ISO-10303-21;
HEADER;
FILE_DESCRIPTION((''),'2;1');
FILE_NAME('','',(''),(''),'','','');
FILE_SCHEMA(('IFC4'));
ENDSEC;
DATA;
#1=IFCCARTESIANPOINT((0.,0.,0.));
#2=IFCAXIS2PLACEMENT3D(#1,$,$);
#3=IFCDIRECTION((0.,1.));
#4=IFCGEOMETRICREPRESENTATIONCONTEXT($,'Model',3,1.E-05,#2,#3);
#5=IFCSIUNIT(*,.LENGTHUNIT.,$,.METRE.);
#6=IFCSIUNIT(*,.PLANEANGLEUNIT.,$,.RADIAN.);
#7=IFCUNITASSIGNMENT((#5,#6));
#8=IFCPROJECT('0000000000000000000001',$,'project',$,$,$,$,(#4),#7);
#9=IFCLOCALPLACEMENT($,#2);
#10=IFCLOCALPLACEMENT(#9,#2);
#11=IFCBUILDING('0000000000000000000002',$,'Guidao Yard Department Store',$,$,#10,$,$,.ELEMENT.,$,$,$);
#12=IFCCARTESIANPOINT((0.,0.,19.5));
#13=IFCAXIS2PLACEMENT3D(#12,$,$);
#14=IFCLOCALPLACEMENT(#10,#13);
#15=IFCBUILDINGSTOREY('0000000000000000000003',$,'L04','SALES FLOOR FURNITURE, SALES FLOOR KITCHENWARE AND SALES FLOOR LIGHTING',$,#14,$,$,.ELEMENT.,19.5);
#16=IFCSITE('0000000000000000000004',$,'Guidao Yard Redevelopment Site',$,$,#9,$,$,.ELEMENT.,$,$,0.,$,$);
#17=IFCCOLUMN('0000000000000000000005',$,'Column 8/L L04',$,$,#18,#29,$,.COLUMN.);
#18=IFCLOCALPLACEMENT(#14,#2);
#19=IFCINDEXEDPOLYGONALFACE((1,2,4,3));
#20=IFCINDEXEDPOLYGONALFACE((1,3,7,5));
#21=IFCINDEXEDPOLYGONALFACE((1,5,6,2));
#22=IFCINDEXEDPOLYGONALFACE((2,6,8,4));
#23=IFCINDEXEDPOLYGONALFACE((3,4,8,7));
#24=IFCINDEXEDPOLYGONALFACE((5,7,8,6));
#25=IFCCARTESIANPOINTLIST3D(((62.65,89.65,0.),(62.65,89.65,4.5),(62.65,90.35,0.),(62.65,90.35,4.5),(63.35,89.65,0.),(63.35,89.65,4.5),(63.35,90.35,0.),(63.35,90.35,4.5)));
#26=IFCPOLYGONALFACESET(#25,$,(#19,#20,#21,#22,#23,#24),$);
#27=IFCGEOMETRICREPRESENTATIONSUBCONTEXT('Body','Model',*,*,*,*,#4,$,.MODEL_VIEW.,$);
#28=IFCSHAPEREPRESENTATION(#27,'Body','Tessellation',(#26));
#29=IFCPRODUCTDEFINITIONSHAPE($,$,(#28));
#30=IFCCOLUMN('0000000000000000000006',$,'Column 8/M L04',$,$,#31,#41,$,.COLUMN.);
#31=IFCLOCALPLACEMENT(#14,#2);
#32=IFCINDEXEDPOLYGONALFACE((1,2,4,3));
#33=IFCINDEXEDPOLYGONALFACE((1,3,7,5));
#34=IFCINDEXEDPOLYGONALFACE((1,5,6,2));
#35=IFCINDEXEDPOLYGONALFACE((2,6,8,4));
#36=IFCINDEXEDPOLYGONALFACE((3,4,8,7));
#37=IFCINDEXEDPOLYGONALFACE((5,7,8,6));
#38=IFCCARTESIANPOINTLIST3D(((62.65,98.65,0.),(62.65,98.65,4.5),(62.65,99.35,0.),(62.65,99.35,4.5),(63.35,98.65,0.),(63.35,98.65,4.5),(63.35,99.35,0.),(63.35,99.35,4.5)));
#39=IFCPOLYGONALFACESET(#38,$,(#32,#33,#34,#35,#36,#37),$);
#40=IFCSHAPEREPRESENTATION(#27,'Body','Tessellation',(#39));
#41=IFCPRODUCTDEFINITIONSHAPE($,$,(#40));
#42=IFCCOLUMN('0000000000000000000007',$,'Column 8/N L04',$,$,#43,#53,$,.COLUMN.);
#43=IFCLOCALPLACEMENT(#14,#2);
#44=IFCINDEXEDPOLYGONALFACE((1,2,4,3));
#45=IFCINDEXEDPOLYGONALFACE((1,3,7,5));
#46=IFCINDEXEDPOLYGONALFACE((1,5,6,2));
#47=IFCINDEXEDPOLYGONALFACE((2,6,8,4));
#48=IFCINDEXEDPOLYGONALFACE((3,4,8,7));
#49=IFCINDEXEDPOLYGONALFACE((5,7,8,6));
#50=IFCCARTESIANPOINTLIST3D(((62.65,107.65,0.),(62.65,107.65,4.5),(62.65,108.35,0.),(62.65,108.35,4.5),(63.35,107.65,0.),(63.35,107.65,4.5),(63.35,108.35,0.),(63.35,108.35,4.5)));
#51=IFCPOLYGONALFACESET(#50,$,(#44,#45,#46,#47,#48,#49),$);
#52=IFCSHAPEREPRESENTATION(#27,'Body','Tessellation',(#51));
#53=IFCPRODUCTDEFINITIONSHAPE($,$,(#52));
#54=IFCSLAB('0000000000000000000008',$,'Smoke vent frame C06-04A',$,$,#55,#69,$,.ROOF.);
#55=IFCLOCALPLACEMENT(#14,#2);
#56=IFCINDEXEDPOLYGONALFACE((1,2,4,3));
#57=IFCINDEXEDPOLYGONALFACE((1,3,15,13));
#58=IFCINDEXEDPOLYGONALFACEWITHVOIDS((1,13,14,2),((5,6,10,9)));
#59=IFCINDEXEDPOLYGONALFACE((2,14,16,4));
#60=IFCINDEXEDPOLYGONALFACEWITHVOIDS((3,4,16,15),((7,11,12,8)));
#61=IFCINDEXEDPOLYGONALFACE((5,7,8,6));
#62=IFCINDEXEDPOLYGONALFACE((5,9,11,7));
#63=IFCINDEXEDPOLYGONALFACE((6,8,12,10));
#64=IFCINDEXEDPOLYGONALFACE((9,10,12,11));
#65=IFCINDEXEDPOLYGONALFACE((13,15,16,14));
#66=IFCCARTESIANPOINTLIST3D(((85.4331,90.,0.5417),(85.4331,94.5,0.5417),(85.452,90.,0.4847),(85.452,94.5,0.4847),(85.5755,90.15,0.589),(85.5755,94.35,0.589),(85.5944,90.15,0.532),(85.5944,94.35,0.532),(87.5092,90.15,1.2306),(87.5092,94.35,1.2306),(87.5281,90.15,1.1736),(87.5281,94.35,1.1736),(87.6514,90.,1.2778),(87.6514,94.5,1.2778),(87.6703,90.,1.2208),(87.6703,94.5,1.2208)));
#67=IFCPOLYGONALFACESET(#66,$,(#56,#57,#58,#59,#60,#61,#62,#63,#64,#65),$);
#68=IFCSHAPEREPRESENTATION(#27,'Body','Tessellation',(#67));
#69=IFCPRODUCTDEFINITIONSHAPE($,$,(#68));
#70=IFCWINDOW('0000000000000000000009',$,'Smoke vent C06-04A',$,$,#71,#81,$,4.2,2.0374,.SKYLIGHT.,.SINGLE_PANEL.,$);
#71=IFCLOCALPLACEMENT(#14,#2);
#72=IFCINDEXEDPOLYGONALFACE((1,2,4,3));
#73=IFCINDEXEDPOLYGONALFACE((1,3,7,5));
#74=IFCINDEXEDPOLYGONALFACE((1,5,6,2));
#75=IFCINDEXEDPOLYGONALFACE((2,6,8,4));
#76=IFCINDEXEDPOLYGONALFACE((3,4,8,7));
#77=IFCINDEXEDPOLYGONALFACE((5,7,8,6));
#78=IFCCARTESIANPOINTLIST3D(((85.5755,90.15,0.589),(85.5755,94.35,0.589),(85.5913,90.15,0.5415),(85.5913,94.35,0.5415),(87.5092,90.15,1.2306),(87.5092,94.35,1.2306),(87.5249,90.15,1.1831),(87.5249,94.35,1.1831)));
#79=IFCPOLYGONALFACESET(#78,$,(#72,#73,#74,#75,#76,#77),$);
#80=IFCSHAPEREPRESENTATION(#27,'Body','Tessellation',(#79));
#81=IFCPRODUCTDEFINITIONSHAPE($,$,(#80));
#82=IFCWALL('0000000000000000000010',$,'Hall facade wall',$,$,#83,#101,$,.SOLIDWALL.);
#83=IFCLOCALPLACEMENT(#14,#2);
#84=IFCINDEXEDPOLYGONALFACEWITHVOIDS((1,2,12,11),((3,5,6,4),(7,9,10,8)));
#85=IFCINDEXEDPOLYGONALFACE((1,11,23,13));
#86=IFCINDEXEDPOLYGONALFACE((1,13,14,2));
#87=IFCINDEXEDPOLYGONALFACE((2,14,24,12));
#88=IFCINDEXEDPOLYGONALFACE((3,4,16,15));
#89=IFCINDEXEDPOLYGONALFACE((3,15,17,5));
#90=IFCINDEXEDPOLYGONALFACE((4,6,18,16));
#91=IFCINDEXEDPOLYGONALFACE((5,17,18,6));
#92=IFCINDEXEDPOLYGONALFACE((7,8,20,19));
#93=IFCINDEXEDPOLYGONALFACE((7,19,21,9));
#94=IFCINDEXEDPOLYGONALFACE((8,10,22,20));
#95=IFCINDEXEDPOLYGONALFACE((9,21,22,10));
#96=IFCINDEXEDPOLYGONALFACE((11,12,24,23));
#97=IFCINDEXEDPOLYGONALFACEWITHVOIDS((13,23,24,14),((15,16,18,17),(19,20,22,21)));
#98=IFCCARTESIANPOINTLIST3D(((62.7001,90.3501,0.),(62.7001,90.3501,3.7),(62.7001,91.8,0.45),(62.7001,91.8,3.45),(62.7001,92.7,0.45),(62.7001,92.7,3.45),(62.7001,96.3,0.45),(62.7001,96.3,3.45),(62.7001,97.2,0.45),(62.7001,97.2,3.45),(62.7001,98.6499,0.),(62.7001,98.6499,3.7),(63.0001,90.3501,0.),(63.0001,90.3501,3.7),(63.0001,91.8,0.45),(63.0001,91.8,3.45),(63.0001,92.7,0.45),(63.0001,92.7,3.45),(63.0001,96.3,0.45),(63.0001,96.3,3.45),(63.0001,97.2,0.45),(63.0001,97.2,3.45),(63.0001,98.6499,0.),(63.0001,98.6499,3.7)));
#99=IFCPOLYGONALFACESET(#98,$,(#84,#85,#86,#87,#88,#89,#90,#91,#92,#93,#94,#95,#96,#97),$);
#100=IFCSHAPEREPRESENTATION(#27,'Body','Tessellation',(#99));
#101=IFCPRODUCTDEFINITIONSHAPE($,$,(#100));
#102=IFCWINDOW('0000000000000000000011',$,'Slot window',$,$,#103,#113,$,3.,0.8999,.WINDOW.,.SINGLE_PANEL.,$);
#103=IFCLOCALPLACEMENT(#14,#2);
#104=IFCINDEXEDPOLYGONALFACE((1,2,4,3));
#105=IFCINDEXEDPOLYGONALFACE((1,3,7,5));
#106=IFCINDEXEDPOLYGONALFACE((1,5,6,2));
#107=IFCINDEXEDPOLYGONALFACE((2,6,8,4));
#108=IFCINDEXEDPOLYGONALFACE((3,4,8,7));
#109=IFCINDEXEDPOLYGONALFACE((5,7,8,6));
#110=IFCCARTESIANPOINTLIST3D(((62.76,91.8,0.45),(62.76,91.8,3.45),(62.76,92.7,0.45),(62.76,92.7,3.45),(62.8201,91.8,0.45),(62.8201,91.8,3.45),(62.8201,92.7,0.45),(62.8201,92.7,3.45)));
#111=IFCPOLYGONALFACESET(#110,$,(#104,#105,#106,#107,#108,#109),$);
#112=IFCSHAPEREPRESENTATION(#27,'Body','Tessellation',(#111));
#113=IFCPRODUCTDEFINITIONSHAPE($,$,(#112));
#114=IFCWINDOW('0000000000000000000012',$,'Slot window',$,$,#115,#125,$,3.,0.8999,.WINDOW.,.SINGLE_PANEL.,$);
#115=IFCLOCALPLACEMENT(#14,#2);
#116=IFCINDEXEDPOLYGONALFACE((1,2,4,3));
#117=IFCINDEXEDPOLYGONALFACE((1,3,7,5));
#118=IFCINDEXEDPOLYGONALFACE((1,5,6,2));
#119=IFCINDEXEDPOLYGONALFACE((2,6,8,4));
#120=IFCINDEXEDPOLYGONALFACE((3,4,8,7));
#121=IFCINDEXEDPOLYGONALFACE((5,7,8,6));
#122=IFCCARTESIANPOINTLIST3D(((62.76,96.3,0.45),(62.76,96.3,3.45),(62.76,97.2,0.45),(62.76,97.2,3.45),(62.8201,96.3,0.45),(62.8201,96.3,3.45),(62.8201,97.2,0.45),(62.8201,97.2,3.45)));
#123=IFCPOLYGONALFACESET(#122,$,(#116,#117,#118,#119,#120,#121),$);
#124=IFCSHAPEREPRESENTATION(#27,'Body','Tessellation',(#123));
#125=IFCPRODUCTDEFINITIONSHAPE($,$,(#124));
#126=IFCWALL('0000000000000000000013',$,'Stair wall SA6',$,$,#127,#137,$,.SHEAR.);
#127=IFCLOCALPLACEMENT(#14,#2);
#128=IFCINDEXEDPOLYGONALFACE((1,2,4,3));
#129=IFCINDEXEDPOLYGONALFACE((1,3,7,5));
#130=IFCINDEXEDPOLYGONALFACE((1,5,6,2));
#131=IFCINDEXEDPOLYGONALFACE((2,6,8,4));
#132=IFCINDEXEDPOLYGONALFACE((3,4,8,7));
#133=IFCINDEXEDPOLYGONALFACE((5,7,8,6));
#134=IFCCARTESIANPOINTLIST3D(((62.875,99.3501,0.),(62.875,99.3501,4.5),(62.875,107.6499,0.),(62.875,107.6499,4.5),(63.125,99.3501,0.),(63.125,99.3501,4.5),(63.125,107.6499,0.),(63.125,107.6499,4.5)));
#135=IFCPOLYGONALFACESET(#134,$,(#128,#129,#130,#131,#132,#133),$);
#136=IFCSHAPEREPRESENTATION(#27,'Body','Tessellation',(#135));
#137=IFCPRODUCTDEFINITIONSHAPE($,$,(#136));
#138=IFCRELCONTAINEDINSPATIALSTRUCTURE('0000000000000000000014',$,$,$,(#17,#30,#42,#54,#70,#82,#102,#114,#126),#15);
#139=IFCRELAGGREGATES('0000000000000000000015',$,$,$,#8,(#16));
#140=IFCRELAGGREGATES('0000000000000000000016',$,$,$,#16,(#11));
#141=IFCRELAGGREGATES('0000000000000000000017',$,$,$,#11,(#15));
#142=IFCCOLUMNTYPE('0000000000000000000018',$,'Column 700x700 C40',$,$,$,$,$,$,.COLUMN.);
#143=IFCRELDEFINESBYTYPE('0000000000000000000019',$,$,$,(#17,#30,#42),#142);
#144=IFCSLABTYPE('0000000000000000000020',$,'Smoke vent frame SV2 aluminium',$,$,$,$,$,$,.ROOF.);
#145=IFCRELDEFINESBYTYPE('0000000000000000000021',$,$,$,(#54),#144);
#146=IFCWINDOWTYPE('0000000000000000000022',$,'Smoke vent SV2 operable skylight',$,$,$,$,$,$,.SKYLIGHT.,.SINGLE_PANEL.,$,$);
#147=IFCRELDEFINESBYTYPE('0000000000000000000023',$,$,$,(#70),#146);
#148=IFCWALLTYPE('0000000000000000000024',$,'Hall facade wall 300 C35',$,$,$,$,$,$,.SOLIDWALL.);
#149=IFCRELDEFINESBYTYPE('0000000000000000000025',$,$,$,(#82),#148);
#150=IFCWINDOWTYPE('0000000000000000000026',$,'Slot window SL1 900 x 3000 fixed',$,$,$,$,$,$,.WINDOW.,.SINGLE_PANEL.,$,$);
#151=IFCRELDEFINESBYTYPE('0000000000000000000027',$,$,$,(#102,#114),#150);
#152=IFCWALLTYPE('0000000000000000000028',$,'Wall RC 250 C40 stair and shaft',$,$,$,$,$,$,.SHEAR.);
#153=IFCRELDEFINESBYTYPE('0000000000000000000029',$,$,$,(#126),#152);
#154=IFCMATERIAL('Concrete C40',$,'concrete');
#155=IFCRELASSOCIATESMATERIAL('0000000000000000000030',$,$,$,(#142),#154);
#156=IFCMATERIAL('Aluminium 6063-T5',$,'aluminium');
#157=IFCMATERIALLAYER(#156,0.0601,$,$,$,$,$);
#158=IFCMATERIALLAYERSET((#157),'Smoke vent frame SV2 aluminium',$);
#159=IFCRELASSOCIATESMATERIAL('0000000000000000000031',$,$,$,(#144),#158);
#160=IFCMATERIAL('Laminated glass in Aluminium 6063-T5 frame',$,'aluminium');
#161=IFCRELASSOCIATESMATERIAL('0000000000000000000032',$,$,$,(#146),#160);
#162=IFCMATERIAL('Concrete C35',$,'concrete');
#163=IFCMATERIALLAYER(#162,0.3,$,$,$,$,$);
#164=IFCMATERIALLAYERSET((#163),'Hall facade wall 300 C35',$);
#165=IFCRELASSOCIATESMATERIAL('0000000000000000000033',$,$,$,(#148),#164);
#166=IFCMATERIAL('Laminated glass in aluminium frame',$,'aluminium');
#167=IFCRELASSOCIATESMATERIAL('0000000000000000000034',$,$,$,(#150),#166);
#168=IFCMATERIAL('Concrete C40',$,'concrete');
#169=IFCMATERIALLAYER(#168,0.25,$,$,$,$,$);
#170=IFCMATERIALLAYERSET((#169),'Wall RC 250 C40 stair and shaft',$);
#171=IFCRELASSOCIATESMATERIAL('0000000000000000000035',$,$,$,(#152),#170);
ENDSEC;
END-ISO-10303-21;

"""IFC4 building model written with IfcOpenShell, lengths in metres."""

from ifc_helpers import new_model, si_unit, direction, frame, frame_2d, origin, origin_2d, place, context, subcontext, project, spatial, polyline, rectangle, outline, extrude, material, layer, layer_set, material_profile, profile_set, type_object, element, fill, save


model = new_model("IFC4")

# Units and contexts
model_context = context("Model", 3, precision=1e-05, world=origin(), true_north=direction((0.0, 1.0)))
body_context = subcontext(model_context, "Body", "Model", "MODEL_VIEW")
ifc_project = project(units=[si_unit("LENGTHUNIT", "METRE"), si_unit("PLANEANGLEUNIT", "RADIAN")], contexts=[model_context])

# Site, building, storey
site_placement = place(None, origin())
site = spatial("IfcSite", under=ifc_project, at=site_placement, Name="Guidao Yard Redevelopment Site", CompositionType="ELEMENT", RefElevation=0.0)
building_placement = place(site_placement, origin())
building = spatial("IfcBuilding", under=site, at=building_placement, Name="Guidao Yard Department Store", CompositionType="ELEMENT")
storey_placement = place(building_placement, frame((0.0, 0.0, 19.5)))
storey = spatial("IfcBuildingStorey", under=building, at=storey_placement, Name="L04", Description="SALES FLOOR FURNITURE, SALES FLOOR KITCHENWARE AND SALES FLOOR LIGHTING", CompositionType="ELEMENT", Elevation=19.5)

# Columns
ifc_material_1 = material(Name="Concrete C40", Category="concrete")
ifc_material_profile = material_profile(ifc_material_1, rectangle(XDim=0.7, YDim=0.7, at=origin_2d()), Name="COL 700x700")
ifc_profile_set = profile_set([ifc_material_profile], Name="Concrete C40")
column_type = type_object("IfcColumnType", Name="Column 700x700 C40", PredefinedType="COLUMN", material=ifc_profile_set)
for number, where, z_axis, x_axis, name in (
    (1, (63.0, 90.0, 0.0), (0.0, 0.0, 1.0), (1.0, 0.0, 0.0), "Column 8/L L04"),
    (2, (63.0, 99.0, 0.0), (0.0, 0.0, 1.0), (1.0, 0.0, 0.0), "Column 8/M L04"),
    (3, (63.0, 108.0, 0.0), (0.0, 0.0, 1.0), (1.0, 0.0, 0.0), "Column 8/N L04"),
):
    element("IfcColumn", number, at=place(storey_placement, frame(where, z_axis=z_axis, x_axis=x_axis)), inside=storey, type_object=column_type, Name=name, PredefinedType="COLUMN", context=body_context, shape_type="SweptSolid", body=[
        extrude(rectangle(XDim=0.7, YDim=0.7, at=origin_2d()), origin(), (0.0, 0.0, 1.0), 4.5),
    ])

# Slab, opening, window
ifc_material_2 = material(Name="Aluminium 6063-T5", Category="aluminium")
ifc_layer_1 = layer(ifc_material_2, 0.0601)
ifc_layer_set_1 = layer_set([ifc_layer_1], Name="Smoke vent frame SV2 aluminium")
slab_type = type_object("IfcSlabType", Name="Smoke vent frame SV2 aluminium", PredefinedType="ROOF", material=ifc_layer_set_1)
slab_placement = place(storey_placement, frame((85.4331, 90.0, 0.5417), z_axis=(-0.314943, 0.0, 0.949111), x_axis=(0.949111, 0.0, 0.314943)))
slab = element("IfcSlab", 4, at=slab_placement, inside=storey, type_object=slab_type, Name="Smoke vent frame C06-04A", PredefinedType="ROOF", context=body_context, shape_type="SweptSolid", body=[
    extrude(outline(polyline([(0.0, 0.0), (2.3372, 0.0), (2.3372, 4.5), (0.0, 4.5), (0.0, 0.0)])), origin(), (0.0, 0.0, -1.0), 0.0601),
])
opening_1_placement = place(slab_placement, frame((1.1687, 2.25, 0.0)))
opening_1 = element("IfcOpeningElement", 5, at=opening_1_placement, cuts=slab, PredefinedType="OPENING", context=body_context, shape_type="SweptSolid", body=[
    extrude(rectangle(XDim=2.0374, YDim=4.2, at=origin_2d()), frame((0.0, 0.0, 0.01)), (0.0, 0.0, -1.0), 0.0801),
])
ifc_material_3 = material(Name="Laminated glass in Aluminium 6063-T5 frame", Category="aluminium")
window_type_1 = type_object("IfcWindowType", Name="Smoke vent SV2 operable skylight", PartitioningType="SINGLE_PANEL", PredefinedType="SKYLIGHT", material=ifc_material_3)
window_1_placement = place(opening_1_placement, frame((0.0, 0.0, -0.05)))
window_1 = element("IfcWindow", 6, at=window_1_placement, inside=storey, type_object=window_type_1, Name="Smoke vent C06-04A", OverallHeight=4.2, OverallWidth=2.0374, PartitioningType="SINGLE_PANEL", PredefinedType="SKYLIGHT", context=body_context, shape_type="SweptSolid", body=[
    extrude(rectangle(XDim=2.0374, YDim=4.2, at=origin_2d()), origin(), (0.0, 0.0, 1.0), 0.05),
])
fill(opening_1, window_1)

# Wall, openings, windows
ifc_material_4 = material(Name="Concrete C35", Category="concrete")
ifc_layer_2 = layer(ifc_material_4, 0.3)
ifc_layer_set_2 = layer_set([ifc_layer_2], Name="Hall facade wall 300 C35")
wall_type_1 = type_object("IfcWallType", Name="Hall facade wall 300 C35", PredefinedType="SOLIDWALL", material=ifc_layer_set_2)
wall_1_placement = place(storey_placement, frame((62.8501, 98.6499, 0.0), z_axis=(0.0, 0.0, 1.0), x_axis=(0.0, -1.0, 0.0)))
wall_1 = element("IfcWall", 7, at=wall_1_placement, inside=storey, type_object=wall_type_1, Name="Hall facade wall", PredefinedType="SOLIDWALL", context=body_context, shape_type="SweptSolid", body=[
    extrude(rectangle(XDim=8.2998, YDim=0.3, at=frame_2d((4.1499, 0.0))), origin(), (0.0, 0.0, 1.0), 3.7),
])
opening_2_placement = place(wall_1_placement, frame((5.95, 0.0, 0.45)))
opening_2 = element("IfcOpeningElement", 8, at=opening_2_placement, cuts=wall_1, PredefinedType="OPENING", context=body_context, shape_type="SweptSolid", body=[
    extrude(rectangle(XDim=0.8999, YDim=3.0, at=frame_2d((0.45, 1.5))), frame((0.0, 0.1599, 0.0), z_axis=(0.0, -1.0, 0.0), x_axis=(1.0, 0.0, 0.0)), (0.0, 0.0, 1.0), 0.3201),
])
opening_3_placement = place(wall_1_placement, frame((1.45, 0.0, 0.45)))
opening_3 = element("IfcOpeningElement", 9, at=opening_3_placement, cuts=wall_1, PredefinedType="OPENING", context=body_context, shape_type="SweptSolid", body=[
    extrude(rectangle(XDim=0.8999, YDim=3.0, at=frame_2d((0.45, 1.5))), frame((0.0, 0.1599, 0.0), z_axis=(0.0, -1.0, 0.0), x_axis=(1.0, 0.0, 0.0)), (0.0, 0.0, 1.0), 0.3201),
])
ifc_material_5 = material(Name="Laminated glass in aluminium frame", Category="aluminium")
window_type_2 = type_object("IfcWindowType", Name="Slot window SL1 900 x 3000 fixed", PartitioningType="SINGLE_PANEL", PredefinedType="WINDOW", material=ifc_material_5)
window_2_placement = place(opening_2_placement, origin())
window_2 = element("IfcWindow", 10, at=window_2_placement, inside=storey, type_object=window_type_2, Name="Slot window", OverallHeight=3.0, OverallWidth=0.8999, PartitioningType="SINGLE_PANEL", PredefinedType="WINDOW", context=body_context, shape_type="SweptSolid", body=[
    extrude(rectangle(XDim=0.8999, YDim=3.0, at=frame_2d((0.45, 1.5))), frame((0.0, -0.03, 0.0), z_axis=(0.0, -1.0, 0.0), x_axis=(1.0, 0.0, 0.0)), (0.0, 0.0, 1.0), 0.0601),
])
fill(opening_2, window_2)
window_3_placement = place(opening_3_placement, origin())
window_3 = element("IfcWindow", 11, at=window_3_placement, inside=storey, type_object=window_type_2, Name="Slot window", OverallHeight=3.0, OverallWidth=0.8999, PartitioningType="SINGLE_PANEL", PredefinedType="WINDOW", context=body_context, shape_type="SweptSolid", body=[
    extrude(rectangle(XDim=0.8999, YDim=3.0, at=frame_2d((0.45, 1.5))), frame((0.0, -0.03, 0.0), z_axis=(0.0, -1.0, 0.0), x_axis=(1.0, 0.0, 0.0)), (0.0, 0.0, 1.0), 0.0601),
])
fill(opening_3, window_3)

# Wall
ifc_material_6 = material(Name="Concrete C40", Category="concrete")
ifc_layer_3 = layer(ifc_material_6, 0.25)
ifc_layer_set_3 = layer_set([ifc_layer_3], Name="Wall RC 250 C40 stair and shaft")
wall_type_2 = type_object("IfcWallType", Name="Wall RC 250 C40 stair and shaft", PredefinedType="SHEAR", material=ifc_layer_set_3)
wall_2_placement = place(storey_placement, frame((63.0, 99.3501, 0.0), z_axis=(0.0, 0.0, 1.0), x_axis=(0.0, 1.0, 0.0)))
element("IfcWall", 12, at=wall_2_placement, inside=storey, type_object=wall_type_2, Name="Stair wall SA6", PredefinedType="SHEAR", context=body_context, shape_type="SweptSolid", body=[
    extrude(rectangle(XDim=8.2998, YDim=0.25, at=frame_2d((4.1499, 0.0))), origin(), (0.0, 0.0, 1.0), 4.5),
])

save(model, "model.ifc")
